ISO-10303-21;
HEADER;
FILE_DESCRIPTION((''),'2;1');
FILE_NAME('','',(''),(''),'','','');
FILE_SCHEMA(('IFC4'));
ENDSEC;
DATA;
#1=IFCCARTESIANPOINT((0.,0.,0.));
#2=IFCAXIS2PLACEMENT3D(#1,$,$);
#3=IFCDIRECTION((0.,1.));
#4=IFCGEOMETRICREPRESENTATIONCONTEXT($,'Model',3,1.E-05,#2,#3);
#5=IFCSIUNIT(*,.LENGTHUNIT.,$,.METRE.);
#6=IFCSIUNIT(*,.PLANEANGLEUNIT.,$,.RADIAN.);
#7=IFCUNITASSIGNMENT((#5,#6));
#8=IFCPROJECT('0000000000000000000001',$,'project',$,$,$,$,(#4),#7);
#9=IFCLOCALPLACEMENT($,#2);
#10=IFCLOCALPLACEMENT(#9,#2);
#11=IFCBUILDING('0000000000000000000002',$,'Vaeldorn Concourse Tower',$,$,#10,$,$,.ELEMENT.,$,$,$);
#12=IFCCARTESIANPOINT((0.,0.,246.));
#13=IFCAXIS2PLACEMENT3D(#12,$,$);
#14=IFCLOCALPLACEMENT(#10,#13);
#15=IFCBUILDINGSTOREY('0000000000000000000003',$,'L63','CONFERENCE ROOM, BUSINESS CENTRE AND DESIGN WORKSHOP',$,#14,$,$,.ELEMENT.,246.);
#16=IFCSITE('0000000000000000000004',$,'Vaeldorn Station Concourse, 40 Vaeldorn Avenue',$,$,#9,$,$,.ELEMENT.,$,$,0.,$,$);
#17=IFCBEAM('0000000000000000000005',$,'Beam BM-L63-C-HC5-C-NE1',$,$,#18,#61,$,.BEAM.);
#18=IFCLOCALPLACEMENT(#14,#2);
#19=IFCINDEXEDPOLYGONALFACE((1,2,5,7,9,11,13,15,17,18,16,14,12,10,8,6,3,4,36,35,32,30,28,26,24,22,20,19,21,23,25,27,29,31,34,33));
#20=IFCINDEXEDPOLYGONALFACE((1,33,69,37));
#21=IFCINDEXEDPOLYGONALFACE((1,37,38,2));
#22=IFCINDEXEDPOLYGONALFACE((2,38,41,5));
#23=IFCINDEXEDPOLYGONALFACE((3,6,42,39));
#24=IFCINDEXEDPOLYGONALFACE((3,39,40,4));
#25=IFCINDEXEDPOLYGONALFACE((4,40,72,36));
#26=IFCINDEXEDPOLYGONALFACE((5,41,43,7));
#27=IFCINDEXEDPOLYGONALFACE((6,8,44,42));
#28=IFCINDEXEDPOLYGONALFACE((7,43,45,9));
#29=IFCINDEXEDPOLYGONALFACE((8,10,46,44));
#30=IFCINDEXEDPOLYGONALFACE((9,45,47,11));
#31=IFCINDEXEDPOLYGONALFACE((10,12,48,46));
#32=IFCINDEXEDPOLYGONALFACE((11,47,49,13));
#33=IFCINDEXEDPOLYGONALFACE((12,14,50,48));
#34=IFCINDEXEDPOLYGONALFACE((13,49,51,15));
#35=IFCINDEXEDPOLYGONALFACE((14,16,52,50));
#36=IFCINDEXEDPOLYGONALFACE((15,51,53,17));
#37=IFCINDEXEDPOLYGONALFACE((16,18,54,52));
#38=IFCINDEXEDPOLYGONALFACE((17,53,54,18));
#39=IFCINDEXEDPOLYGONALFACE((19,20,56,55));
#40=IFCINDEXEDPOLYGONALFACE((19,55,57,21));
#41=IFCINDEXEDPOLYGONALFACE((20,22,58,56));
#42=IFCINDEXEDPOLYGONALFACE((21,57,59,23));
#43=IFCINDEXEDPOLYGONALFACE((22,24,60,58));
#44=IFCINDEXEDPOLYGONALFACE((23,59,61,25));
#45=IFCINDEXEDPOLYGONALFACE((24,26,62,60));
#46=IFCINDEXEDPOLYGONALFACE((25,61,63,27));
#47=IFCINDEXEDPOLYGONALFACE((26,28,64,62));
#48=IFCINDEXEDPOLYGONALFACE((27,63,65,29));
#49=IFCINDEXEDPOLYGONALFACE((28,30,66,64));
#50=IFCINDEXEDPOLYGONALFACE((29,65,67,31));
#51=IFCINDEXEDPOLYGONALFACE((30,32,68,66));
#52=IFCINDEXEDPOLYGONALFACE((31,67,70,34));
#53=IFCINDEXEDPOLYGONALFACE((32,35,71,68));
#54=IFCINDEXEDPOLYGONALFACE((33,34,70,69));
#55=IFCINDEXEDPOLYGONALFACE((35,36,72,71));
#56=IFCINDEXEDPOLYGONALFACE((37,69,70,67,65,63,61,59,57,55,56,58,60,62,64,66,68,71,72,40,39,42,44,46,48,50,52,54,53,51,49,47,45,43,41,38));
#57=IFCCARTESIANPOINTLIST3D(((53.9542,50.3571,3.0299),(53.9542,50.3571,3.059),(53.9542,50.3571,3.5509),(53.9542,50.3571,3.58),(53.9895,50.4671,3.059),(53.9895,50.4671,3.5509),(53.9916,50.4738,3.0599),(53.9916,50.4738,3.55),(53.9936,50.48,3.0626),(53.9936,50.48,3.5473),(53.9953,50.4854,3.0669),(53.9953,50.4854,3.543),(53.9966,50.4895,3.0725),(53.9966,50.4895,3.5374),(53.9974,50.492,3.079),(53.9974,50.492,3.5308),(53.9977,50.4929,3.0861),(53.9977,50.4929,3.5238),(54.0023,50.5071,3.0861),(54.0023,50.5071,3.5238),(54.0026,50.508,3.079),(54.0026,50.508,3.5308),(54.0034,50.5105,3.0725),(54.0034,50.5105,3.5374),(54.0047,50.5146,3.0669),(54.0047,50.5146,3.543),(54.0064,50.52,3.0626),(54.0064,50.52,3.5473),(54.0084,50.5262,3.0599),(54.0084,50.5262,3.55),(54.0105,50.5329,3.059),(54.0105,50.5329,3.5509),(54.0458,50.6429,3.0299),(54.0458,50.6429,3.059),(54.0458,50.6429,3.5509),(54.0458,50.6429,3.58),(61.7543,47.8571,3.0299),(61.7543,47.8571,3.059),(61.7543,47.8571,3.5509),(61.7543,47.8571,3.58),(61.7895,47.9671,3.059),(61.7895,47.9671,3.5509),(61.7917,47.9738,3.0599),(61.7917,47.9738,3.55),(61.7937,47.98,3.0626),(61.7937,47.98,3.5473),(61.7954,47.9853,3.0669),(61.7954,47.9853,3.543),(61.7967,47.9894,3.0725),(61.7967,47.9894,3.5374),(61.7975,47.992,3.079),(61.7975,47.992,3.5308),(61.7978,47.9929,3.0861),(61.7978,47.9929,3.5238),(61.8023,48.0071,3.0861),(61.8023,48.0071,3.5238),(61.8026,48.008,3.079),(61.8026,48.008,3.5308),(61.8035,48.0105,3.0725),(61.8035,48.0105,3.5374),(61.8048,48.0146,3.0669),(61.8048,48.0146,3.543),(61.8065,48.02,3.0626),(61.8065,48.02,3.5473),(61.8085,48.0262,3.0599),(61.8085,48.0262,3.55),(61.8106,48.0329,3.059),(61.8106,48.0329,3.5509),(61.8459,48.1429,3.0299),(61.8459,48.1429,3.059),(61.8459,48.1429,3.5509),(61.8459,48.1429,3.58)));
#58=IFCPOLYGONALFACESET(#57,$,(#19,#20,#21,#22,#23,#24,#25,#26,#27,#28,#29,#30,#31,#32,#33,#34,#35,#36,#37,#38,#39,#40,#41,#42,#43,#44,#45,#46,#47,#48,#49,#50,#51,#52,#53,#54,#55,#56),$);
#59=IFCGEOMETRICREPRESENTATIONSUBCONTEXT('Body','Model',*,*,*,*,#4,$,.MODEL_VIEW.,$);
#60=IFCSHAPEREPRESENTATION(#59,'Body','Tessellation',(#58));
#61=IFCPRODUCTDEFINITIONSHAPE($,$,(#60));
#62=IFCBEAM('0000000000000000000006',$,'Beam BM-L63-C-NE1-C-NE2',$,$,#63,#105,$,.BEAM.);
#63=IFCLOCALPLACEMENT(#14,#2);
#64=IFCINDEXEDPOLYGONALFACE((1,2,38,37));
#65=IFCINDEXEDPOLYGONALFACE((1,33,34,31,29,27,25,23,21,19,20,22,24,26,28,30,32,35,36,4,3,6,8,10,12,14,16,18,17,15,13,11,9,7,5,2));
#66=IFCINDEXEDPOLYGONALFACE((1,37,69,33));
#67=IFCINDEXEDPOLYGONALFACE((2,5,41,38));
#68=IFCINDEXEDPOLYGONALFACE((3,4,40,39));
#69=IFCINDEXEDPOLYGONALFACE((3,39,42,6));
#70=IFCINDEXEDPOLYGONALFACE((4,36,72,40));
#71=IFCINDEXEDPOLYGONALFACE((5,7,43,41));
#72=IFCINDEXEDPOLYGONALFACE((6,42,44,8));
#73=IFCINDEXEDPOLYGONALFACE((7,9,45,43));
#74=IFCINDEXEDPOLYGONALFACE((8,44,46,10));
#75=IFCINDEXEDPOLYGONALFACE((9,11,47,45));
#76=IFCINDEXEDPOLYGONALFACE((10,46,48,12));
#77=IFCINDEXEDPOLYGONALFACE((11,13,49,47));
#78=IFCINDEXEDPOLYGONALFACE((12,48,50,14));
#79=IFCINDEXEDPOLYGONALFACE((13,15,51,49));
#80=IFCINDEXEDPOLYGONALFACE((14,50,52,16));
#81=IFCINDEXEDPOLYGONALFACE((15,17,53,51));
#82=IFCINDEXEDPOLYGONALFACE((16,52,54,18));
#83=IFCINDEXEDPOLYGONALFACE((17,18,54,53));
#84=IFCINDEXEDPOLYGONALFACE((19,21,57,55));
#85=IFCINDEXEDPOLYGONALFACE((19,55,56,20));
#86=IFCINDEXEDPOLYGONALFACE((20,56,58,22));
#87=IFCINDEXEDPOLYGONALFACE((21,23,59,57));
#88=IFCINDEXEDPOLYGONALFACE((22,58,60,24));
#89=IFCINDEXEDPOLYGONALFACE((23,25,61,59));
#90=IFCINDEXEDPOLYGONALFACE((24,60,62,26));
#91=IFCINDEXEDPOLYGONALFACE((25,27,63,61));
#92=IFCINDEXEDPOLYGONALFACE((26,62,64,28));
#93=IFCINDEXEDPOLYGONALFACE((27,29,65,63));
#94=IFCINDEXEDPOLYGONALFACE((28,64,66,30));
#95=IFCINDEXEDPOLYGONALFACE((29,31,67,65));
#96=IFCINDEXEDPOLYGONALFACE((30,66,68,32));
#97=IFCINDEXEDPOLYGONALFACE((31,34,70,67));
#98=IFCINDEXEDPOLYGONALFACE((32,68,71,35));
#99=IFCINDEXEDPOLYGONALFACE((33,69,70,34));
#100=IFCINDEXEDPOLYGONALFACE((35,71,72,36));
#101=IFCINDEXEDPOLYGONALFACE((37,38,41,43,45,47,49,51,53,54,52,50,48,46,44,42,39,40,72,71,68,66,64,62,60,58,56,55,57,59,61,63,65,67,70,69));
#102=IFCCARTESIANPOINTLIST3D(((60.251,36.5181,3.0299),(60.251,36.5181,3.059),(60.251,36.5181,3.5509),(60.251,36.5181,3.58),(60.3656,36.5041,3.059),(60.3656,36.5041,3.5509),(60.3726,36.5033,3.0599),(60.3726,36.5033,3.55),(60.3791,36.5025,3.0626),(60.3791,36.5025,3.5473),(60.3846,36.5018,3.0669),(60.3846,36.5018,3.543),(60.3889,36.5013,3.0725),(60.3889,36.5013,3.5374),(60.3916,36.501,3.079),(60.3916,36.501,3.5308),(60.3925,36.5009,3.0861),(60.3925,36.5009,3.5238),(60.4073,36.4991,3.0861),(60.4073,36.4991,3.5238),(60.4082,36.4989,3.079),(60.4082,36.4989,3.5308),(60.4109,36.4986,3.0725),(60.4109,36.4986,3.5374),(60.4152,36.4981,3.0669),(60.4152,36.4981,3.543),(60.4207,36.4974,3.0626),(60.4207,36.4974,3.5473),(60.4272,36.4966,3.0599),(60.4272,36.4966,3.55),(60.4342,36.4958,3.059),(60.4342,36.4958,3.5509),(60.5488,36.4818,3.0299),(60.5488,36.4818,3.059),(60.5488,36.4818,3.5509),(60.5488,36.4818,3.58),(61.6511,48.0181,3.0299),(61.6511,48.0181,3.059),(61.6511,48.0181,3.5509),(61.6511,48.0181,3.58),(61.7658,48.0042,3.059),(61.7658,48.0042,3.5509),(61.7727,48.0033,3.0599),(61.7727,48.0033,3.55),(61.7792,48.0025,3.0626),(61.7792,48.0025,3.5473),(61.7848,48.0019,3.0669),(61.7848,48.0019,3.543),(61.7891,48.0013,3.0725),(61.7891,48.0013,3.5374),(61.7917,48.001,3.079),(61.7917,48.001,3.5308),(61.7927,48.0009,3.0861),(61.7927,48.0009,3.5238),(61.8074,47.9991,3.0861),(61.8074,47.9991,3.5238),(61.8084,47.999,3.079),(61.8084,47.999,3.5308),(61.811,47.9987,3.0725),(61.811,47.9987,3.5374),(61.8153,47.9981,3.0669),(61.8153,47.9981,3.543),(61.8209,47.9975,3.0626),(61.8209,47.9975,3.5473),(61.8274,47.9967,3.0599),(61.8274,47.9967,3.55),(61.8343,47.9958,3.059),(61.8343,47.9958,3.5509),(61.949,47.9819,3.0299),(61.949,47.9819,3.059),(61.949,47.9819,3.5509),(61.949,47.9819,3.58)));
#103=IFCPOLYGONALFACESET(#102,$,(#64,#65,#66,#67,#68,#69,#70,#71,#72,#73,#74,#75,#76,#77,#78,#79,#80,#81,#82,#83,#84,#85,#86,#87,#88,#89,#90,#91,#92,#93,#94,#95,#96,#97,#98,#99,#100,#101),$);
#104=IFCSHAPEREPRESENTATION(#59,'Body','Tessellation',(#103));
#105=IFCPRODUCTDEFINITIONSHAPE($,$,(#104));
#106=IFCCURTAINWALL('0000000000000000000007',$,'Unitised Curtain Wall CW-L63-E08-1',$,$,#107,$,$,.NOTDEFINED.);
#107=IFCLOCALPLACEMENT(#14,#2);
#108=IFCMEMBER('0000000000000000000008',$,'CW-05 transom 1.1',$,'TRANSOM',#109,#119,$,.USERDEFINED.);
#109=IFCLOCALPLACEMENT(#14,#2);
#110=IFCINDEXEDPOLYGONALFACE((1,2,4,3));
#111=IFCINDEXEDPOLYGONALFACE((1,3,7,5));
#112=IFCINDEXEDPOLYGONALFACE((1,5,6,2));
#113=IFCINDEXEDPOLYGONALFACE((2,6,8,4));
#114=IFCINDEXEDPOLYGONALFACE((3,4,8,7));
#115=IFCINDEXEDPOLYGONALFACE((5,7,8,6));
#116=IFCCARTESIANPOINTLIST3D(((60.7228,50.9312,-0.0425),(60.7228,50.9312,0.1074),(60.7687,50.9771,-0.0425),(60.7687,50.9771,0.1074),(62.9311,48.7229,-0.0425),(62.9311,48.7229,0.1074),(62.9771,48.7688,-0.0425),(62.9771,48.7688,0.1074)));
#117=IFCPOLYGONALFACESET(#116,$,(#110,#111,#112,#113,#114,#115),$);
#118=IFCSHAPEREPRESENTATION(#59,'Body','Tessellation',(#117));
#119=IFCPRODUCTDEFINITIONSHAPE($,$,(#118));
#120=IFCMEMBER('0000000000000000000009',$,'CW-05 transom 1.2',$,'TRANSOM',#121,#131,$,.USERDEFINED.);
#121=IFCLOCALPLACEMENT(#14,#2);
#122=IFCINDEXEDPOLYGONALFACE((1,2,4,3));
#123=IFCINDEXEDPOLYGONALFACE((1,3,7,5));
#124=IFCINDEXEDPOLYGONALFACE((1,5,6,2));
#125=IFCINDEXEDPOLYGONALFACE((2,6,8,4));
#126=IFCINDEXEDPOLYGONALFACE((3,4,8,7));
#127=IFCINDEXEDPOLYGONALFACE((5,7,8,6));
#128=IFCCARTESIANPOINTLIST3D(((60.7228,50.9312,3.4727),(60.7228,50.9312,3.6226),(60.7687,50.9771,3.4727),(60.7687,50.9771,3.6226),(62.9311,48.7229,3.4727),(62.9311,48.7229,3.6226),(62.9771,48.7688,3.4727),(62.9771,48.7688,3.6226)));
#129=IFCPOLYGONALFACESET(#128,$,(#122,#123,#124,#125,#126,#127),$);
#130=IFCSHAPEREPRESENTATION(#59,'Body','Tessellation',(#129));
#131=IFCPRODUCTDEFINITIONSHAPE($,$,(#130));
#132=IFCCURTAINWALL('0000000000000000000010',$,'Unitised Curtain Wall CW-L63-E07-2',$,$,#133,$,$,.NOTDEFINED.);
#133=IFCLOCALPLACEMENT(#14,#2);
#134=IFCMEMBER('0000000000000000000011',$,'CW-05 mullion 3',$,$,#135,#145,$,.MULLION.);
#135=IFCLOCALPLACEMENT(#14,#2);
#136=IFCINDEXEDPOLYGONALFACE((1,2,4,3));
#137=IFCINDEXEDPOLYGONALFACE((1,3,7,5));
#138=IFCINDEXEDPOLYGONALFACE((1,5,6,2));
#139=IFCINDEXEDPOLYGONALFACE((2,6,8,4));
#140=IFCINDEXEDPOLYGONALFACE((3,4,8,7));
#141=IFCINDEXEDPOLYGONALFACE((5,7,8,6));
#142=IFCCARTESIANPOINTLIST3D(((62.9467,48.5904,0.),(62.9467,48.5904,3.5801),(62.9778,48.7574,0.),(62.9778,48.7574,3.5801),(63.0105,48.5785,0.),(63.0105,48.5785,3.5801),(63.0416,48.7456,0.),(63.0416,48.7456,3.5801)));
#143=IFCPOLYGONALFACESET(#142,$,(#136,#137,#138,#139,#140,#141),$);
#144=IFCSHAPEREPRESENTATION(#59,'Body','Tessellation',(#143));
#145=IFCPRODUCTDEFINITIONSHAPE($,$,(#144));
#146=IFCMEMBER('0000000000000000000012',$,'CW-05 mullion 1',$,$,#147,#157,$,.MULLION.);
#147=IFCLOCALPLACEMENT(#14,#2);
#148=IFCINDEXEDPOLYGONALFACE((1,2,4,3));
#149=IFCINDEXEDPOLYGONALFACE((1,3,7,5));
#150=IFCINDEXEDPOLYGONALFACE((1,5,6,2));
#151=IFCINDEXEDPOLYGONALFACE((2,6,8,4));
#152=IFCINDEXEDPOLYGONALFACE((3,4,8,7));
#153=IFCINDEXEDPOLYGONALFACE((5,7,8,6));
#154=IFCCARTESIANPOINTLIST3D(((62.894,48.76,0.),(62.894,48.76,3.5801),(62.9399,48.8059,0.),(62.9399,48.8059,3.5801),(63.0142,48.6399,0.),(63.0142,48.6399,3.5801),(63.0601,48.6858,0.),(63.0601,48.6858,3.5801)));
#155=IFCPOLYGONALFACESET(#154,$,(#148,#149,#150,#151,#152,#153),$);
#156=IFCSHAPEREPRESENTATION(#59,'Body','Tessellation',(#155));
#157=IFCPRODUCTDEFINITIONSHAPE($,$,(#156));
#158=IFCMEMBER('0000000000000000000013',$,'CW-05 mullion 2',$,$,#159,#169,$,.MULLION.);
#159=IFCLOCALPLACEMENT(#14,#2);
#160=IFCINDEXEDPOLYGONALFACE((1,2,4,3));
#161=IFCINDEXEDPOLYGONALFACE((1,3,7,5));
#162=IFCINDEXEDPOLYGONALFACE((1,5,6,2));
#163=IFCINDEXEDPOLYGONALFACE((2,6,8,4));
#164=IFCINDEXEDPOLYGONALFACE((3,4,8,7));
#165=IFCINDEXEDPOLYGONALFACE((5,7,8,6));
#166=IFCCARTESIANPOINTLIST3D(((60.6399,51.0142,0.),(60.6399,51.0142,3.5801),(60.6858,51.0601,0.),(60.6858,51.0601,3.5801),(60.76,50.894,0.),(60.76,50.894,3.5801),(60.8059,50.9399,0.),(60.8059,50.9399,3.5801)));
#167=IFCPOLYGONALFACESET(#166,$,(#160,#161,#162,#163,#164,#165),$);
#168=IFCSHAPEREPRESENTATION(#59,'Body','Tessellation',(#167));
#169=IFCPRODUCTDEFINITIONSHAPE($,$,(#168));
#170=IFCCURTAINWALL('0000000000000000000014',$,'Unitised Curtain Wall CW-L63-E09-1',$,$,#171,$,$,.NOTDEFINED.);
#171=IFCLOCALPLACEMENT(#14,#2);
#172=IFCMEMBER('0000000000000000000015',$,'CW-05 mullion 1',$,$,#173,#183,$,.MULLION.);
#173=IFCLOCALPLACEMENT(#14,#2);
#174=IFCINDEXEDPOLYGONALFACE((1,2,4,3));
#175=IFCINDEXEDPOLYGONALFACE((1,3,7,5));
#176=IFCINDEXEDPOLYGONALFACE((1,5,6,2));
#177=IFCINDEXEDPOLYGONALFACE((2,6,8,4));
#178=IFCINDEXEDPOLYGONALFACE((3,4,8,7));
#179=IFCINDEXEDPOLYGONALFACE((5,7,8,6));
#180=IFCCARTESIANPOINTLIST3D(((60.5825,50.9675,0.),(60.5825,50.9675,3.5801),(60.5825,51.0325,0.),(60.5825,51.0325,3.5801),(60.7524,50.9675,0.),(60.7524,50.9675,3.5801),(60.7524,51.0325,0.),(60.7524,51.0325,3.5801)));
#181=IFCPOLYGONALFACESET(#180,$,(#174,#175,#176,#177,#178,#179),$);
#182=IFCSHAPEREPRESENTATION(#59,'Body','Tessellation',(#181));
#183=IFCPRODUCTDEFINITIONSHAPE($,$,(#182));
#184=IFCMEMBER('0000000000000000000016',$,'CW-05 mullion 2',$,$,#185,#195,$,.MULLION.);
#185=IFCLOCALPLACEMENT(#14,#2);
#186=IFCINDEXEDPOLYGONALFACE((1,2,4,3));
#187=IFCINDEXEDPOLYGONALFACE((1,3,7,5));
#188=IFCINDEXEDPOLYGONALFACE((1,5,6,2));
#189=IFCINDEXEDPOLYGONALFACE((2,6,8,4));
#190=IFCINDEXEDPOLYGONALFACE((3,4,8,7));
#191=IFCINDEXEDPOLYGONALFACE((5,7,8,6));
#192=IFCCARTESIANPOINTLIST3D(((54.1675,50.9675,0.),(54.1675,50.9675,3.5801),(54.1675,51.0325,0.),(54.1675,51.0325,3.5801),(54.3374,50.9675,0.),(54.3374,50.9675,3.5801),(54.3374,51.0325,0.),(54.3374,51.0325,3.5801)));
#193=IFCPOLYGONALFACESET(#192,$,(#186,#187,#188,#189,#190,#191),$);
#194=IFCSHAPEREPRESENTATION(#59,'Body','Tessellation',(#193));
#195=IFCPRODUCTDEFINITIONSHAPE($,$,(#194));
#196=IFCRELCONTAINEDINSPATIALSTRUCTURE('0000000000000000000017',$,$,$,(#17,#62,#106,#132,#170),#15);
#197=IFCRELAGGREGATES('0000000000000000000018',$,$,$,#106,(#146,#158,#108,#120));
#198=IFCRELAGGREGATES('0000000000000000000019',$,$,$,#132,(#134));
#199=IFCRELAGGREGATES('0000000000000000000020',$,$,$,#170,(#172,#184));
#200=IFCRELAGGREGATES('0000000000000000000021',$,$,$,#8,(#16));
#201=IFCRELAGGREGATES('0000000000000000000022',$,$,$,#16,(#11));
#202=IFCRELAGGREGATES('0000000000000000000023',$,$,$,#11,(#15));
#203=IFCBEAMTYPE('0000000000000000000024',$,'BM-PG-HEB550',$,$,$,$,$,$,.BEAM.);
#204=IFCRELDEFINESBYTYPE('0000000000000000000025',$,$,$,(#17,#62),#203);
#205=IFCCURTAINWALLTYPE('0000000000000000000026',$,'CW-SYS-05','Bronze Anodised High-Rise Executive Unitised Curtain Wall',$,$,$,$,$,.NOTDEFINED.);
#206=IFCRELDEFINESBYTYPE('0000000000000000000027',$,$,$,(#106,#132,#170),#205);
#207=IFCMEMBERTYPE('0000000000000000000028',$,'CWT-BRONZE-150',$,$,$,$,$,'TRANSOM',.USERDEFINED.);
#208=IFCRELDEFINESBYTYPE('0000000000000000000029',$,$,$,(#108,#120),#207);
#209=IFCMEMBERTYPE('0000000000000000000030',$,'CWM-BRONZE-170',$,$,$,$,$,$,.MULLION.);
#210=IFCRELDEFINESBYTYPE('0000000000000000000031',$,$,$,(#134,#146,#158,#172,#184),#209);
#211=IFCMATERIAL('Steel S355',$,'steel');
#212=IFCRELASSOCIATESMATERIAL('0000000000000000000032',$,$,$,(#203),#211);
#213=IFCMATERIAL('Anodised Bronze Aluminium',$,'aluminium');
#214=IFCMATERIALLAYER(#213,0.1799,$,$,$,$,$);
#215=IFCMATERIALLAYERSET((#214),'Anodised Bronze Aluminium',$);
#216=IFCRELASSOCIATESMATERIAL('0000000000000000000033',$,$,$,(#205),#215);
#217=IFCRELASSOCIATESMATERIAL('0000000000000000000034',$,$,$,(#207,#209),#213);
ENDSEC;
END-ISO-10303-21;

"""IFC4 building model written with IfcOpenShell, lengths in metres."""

from ifc_helpers import new_model, si_unit, direction, frame, origin, origin_2d, place, context, subcontext, project, spatial, rectangle, i_section, extrude, source, transform, mapped, material, layer, layer_set, material_profile, profile_set, type_object, element, aggregate, save


model = new_model("IFC4")

# Units and contexts
model_context = context("Model", 3, precision=1e-05, world=origin(), true_north=direction((0.0, 1.0)))
body_context = subcontext(model_context, "Body", "Model", "MODEL_VIEW")
ifc_project = project(units=[si_unit("LENGTHUNIT", "METRE"), si_unit("PLANEANGLEUNIT", "RADIAN")], contexts=[model_context])

# Site, building, storey
site_placement = place(None, origin())
site = spatial("IfcSite", under=ifc_project, at=site_placement, Name="Vaeldorn Station Concourse, 40 Vaeldorn Avenue", CompositionType="ELEMENT", RefElevation=0.0)
building_placement = place(site_placement, origin())
building = spatial("IfcBuilding", under=site, at=building_placement, Name="Vaeldorn Concourse Tower", CompositionType="ELEMENT")
storey_placement = place(building_placement, frame((0.0, 0.0, 246.0)))
storey = spatial("IfcBuildingStorey", under=building, at=storey_placement, Name="L63", Description="CONFERENCE ROOM, BUSINESS CENTRE AND DESIGN WORKSHOP", CompositionType="ELEMENT", Elevation=246.0)

# Shared definitions
ifc_material_1 = material(Name="Steel S355", Category="steel")

# Beams
ifc_material_profile_1 = material_profile(ifc_material_1, i_section(OverallWidth=0.3, OverallDepth=0.55, WebThickness=0.0149, FlangeThickness=0.0291, FilletRadius=0.0271, at=origin_2d()), Name="HEB 550")
ifc_profile_set_1 = profile_set([ifc_material_profile_1], Name="Steel S355")
beam_type_1 = type_object("IfcBeamType", Name="BM-PG-HEB550", PredefinedType="BEAM", material=ifc_profile_set_1)
shared_shape_1 = source(origin(), body_context, "Body", "SweptSolid", [
    extrude(i_section(OverallWidth=0.3, OverallDepth=0.55, WebThickness=0.0149, FlangeThickness=0.0291, FilletRadius=0.0271, at=origin_2d()), origin(), (0.0, 0.0, 1.0), 8.1909),
])
beam_1_placement = place(storey_placement, frame((54.0, 50.5, 3.3049), z_axis=(0.952283, -0.305217, 0.0), x_axis=(0.305217, 0.952283, 0.0)))
element("IfcBeam", 1, at=beam_1_placement, inside=storey, type_object=beam_type_1, Name="Beam BM-L63-C-HC5-C-NE1", PredefinedType="BEAM", context=body_context, shape_type="MappedRepresentation", body=[
    mapped(shared_shape_1, transform((0.0, 0.0, 0.0), scale=1.0)),
])
shared_shape_2 = source(origin(), body_context, "Body", "SweptSolid", [
    extrude(i_section(OverallWidth=0.3, OverallDepth=0.55, WebThickness=0.0149, FlangeThickness=0.0291, FilletRadius=0.0271, at=origin_2d()), origin(), (0.0, 0.0, 1.0), 11.585),
])
beam_2_placement = place(storey_placement, frame((61.8, 48.0, 3.3049), z_axis=(-0.120859, -0.99267, 0.0), x_axis=(0.99267, -0.120859, 0.0)))
element("IfcBeam", 2, at=beam_2_placement, inside=storey, type_object=beam_type_1, Name="Beam BM-L63-C-NE1-C-NE2", PredefinedType="BEAM", context=body_context, shape_type="MappedRepresentation", body=[
    mapped(shared_shape_2, transform((0.0, 0.0, 0.0), scale=1.0)),
])

# Curtain wall, members
ifc_material_2 = material(Name="Anodised Bronze Aluminium", Category="aluminium")
ifc_layer_1 = layer(ifc_material_2, 0.1799)
ifc_layer_set_1 = layer_set([ifc_layer_1], Name="Anodised Bronze Aluminium")
curtain_wall_type = type_object("IfcCurtainWallType", Name="CW-SYS-05", Description="Bronze Anodised High-Rise Executive Unitised Curtain Wall", PredefinedType="NOTDEFINED", material=ifc_layer_set_1)
curtain_wall_1_placement = place(storey_placement, origin())
curtain_wall_1 = element("IfcCurtainWall", 3, at=curtain_wall_1_placement, inside=storey, type_object=curtain_wall_type, Name="Unitised Curtain Wall CW-L63-E08-1", PredefinedType="NOTDEFINED")
ifc_material_profile_2 = material_profile(ifc_material_2, rectangle(XDim=0.0649, YDim=0.1499, at=origin_2d()), Name="CWT 65x150")
ifc_profile_set_2 = profile_set([ifc_material_profile_2], Name="Anodised Bronze Aluminium")
member_type_1 = type_object("IfcMemberType", Name="CWT-BRONZE-150", ElementType="TRANSOM", PredefinedType="USERDEFINED", material=ifc_profile_set_2)
shared_shape_3 = source(origin(), body_context, "Body", "SweptSolid", [
    extrude(rectangle(XDim=0.0649, YDim=0.1499, at=origin_2d()), origin(), (0.0, 0.0, 1.0), 3.123),
])
member_1_placement = place(storey_placement, frame((62.9541, 48.7458, 0.0325), z_axis=(-0.707107, 0.707107, 0.0), x_axis=(-0.707107, -0.707107, 0.0)))
member_1 = element("IfcMember", 4, at=member_1_placement, type_object=member_type_1, Name="CW-05 transom 1.1", ObjectType="TRANSOM", PredefinedType="USERDEFINED", context=body_context, shape_type="MappedRepresentation", body=[
    mapped(shared_shape_3, transform((0.0, 0.0, 0.0), scale=1.0)),
])
member_2_placement = place(storey_placement, frame((62.9541, 48.7458, 3.5476), z_axis=(-0.707107, 0.707107, 0.0), x_axis=(-0.707107, -0.707107, 0.0)))
member_2 = element("IfcMember", 5, at=member_2_placement, type_object=member_type_1, Name="CW-05 transom 1.2", ObjectType="TRANSOM", PredefinedType="USERDEFINED", context=body_context, shape_type="MappedRepresentation", body=[
    mapped(shared_shape_3, transform((0.0, 0.0, 0.0), scale=1.0)),
])

# Curtain wall, member
curtain_wall_2_placement = place(storey_placement, origin())
curtain_wall_2 = element("IfcCurtainWall", 6, at=curtain_wall_2_placement, inside=storey, type_object=curtain_wall_type, Name="Unitised Curtain Wall CW-L63-E07-2", PredefinedType="NOTDEFINED")
ifc_material_profile_3 = material_profile(ifc_material_2, rectangle(XDim=0.0649, YDim=0.1699, at=origin_2d()), Name="CWM 65x170")
ifc_profile_set_3 = profile_set([ifc_material_profile_3], Name="Anodised Bronze Aluminium")
member_type_2 = type_object("IfcMemberType", Name="CWM-BRONZE-170", PredefinedType="MULLION", material=ifc_profile_set_3)
shared_shape_4 = source(origin(), body_context, "Body", "SweptSolid", [
    extrude(rectangle(XDim=0.0649, YDim=0.1699, at=origin_2d()), origin(), (0.0, 0.0, 1.0), 3.5801),
])
member_3_placement = place(storey_placement, frame((62.9941, 48.668, 0.0), z_axis=(0.0, 0.0, 1.0), x_axis=(-0.983103, 0.183054, 0.0)))
member_3 = element("IfcMember", 7, at=member_3_placement, type_object=member_type_2, Name="CW-05 mullion 3", PredefinedType="MULLION", context=body_context, shape_type="MappedRepresentation", body=[
    mapped(shared_shape_4, transform((0.0, 0.0, 0.0), scale=1.0)),
])

# Members
member_4_placement = place(storey_placement, frame((62.9771, 48.7229, 0.0), z_axis=(0.0, 0.0, 1.0), x_axis=(-0.707107, -0.707107, 0.0)))
member_4 = element("IfcMember", 8, at=member_4_placement, type_object=member_type_2, Name="CW-05 mullion 1", PredefinedType="MULLION", context=body_context, shape_type="MappedRepresentation", body=[
    mapped(shared_shape_4, transform((0.0, 0.0, 0.0), scale=1.0)),
])
member_5_placement = place(storey_placement, frame((60.7229, 50.9771, 0.0), z_axis=(0.0, 0.0, 1.0), x_axis=(-0.707107, -0.707107, 0.0)))
member_5 = element("IfcMember", 9, at=member_5_placement, type_object=member_type_2, Name="CW-05 mullion 2", PredefinedType="MULLION", context=body_context, shape_type="MappedRepresentation", body=[
    mapped(shared_shape_4, transform((0.0, 0.0, 0.0), scale=1.0)),
])

# Curtain wall, members
curtain_wall_3_placement = place(storey_placement, origin())
curtain_wall_3 = element("IfcCurtainWall", 10, at=curtain_wall_3_placement, inside=storey, type_object=curtain_wall_type, Name="Unitised Curtain Wall CW-L63-E09-1", PredefinedType="NOTDEFINED")
member_6_placement = place(storey_placement, frame((60.6675, 51.0, 0.0), z_axis=(0.0, 0.0, 1.0), x_axis=(0.0, -1.0, 0.0)))
member_6 = element("IfcMember", 11, at=member_6_placement, type_object=member_type_2, Name="CW-05 mullion 1", PredefinedType="MULLION", context=body_context, shape_type="MappedRepresentation", body=[
    mapped(shared_shape_4, transform((0.0, 0.0, 0.0), scale=1.0)),
])
member_7_placement = place(storey_placement, frame((54.2524, 51.0, 0.0), z_axis=(0.0, 0.0, 1.0), x_axis=(0.0, -1.0, 0.0)))
member_7 = element("IfcMember", 12, at=member_7_placement, type_object=member_type_2, Name="CW-05 mullion 2", PredefinedType="MULLION", context=body_context, shape_type="MappedRepresentation", body=[
    mapped(shared_shape_4, transform((0.0, 0.0, 0.0), scale=1.0)),
])

aggregate(curtain_wall_1, [member_4, member_5, member_1, member_2])
aggregate(curtain_wall_2, [member_3])
aggregate(curtain_wall_3, [member_6, member_7])

save(model, "model.ifc")
